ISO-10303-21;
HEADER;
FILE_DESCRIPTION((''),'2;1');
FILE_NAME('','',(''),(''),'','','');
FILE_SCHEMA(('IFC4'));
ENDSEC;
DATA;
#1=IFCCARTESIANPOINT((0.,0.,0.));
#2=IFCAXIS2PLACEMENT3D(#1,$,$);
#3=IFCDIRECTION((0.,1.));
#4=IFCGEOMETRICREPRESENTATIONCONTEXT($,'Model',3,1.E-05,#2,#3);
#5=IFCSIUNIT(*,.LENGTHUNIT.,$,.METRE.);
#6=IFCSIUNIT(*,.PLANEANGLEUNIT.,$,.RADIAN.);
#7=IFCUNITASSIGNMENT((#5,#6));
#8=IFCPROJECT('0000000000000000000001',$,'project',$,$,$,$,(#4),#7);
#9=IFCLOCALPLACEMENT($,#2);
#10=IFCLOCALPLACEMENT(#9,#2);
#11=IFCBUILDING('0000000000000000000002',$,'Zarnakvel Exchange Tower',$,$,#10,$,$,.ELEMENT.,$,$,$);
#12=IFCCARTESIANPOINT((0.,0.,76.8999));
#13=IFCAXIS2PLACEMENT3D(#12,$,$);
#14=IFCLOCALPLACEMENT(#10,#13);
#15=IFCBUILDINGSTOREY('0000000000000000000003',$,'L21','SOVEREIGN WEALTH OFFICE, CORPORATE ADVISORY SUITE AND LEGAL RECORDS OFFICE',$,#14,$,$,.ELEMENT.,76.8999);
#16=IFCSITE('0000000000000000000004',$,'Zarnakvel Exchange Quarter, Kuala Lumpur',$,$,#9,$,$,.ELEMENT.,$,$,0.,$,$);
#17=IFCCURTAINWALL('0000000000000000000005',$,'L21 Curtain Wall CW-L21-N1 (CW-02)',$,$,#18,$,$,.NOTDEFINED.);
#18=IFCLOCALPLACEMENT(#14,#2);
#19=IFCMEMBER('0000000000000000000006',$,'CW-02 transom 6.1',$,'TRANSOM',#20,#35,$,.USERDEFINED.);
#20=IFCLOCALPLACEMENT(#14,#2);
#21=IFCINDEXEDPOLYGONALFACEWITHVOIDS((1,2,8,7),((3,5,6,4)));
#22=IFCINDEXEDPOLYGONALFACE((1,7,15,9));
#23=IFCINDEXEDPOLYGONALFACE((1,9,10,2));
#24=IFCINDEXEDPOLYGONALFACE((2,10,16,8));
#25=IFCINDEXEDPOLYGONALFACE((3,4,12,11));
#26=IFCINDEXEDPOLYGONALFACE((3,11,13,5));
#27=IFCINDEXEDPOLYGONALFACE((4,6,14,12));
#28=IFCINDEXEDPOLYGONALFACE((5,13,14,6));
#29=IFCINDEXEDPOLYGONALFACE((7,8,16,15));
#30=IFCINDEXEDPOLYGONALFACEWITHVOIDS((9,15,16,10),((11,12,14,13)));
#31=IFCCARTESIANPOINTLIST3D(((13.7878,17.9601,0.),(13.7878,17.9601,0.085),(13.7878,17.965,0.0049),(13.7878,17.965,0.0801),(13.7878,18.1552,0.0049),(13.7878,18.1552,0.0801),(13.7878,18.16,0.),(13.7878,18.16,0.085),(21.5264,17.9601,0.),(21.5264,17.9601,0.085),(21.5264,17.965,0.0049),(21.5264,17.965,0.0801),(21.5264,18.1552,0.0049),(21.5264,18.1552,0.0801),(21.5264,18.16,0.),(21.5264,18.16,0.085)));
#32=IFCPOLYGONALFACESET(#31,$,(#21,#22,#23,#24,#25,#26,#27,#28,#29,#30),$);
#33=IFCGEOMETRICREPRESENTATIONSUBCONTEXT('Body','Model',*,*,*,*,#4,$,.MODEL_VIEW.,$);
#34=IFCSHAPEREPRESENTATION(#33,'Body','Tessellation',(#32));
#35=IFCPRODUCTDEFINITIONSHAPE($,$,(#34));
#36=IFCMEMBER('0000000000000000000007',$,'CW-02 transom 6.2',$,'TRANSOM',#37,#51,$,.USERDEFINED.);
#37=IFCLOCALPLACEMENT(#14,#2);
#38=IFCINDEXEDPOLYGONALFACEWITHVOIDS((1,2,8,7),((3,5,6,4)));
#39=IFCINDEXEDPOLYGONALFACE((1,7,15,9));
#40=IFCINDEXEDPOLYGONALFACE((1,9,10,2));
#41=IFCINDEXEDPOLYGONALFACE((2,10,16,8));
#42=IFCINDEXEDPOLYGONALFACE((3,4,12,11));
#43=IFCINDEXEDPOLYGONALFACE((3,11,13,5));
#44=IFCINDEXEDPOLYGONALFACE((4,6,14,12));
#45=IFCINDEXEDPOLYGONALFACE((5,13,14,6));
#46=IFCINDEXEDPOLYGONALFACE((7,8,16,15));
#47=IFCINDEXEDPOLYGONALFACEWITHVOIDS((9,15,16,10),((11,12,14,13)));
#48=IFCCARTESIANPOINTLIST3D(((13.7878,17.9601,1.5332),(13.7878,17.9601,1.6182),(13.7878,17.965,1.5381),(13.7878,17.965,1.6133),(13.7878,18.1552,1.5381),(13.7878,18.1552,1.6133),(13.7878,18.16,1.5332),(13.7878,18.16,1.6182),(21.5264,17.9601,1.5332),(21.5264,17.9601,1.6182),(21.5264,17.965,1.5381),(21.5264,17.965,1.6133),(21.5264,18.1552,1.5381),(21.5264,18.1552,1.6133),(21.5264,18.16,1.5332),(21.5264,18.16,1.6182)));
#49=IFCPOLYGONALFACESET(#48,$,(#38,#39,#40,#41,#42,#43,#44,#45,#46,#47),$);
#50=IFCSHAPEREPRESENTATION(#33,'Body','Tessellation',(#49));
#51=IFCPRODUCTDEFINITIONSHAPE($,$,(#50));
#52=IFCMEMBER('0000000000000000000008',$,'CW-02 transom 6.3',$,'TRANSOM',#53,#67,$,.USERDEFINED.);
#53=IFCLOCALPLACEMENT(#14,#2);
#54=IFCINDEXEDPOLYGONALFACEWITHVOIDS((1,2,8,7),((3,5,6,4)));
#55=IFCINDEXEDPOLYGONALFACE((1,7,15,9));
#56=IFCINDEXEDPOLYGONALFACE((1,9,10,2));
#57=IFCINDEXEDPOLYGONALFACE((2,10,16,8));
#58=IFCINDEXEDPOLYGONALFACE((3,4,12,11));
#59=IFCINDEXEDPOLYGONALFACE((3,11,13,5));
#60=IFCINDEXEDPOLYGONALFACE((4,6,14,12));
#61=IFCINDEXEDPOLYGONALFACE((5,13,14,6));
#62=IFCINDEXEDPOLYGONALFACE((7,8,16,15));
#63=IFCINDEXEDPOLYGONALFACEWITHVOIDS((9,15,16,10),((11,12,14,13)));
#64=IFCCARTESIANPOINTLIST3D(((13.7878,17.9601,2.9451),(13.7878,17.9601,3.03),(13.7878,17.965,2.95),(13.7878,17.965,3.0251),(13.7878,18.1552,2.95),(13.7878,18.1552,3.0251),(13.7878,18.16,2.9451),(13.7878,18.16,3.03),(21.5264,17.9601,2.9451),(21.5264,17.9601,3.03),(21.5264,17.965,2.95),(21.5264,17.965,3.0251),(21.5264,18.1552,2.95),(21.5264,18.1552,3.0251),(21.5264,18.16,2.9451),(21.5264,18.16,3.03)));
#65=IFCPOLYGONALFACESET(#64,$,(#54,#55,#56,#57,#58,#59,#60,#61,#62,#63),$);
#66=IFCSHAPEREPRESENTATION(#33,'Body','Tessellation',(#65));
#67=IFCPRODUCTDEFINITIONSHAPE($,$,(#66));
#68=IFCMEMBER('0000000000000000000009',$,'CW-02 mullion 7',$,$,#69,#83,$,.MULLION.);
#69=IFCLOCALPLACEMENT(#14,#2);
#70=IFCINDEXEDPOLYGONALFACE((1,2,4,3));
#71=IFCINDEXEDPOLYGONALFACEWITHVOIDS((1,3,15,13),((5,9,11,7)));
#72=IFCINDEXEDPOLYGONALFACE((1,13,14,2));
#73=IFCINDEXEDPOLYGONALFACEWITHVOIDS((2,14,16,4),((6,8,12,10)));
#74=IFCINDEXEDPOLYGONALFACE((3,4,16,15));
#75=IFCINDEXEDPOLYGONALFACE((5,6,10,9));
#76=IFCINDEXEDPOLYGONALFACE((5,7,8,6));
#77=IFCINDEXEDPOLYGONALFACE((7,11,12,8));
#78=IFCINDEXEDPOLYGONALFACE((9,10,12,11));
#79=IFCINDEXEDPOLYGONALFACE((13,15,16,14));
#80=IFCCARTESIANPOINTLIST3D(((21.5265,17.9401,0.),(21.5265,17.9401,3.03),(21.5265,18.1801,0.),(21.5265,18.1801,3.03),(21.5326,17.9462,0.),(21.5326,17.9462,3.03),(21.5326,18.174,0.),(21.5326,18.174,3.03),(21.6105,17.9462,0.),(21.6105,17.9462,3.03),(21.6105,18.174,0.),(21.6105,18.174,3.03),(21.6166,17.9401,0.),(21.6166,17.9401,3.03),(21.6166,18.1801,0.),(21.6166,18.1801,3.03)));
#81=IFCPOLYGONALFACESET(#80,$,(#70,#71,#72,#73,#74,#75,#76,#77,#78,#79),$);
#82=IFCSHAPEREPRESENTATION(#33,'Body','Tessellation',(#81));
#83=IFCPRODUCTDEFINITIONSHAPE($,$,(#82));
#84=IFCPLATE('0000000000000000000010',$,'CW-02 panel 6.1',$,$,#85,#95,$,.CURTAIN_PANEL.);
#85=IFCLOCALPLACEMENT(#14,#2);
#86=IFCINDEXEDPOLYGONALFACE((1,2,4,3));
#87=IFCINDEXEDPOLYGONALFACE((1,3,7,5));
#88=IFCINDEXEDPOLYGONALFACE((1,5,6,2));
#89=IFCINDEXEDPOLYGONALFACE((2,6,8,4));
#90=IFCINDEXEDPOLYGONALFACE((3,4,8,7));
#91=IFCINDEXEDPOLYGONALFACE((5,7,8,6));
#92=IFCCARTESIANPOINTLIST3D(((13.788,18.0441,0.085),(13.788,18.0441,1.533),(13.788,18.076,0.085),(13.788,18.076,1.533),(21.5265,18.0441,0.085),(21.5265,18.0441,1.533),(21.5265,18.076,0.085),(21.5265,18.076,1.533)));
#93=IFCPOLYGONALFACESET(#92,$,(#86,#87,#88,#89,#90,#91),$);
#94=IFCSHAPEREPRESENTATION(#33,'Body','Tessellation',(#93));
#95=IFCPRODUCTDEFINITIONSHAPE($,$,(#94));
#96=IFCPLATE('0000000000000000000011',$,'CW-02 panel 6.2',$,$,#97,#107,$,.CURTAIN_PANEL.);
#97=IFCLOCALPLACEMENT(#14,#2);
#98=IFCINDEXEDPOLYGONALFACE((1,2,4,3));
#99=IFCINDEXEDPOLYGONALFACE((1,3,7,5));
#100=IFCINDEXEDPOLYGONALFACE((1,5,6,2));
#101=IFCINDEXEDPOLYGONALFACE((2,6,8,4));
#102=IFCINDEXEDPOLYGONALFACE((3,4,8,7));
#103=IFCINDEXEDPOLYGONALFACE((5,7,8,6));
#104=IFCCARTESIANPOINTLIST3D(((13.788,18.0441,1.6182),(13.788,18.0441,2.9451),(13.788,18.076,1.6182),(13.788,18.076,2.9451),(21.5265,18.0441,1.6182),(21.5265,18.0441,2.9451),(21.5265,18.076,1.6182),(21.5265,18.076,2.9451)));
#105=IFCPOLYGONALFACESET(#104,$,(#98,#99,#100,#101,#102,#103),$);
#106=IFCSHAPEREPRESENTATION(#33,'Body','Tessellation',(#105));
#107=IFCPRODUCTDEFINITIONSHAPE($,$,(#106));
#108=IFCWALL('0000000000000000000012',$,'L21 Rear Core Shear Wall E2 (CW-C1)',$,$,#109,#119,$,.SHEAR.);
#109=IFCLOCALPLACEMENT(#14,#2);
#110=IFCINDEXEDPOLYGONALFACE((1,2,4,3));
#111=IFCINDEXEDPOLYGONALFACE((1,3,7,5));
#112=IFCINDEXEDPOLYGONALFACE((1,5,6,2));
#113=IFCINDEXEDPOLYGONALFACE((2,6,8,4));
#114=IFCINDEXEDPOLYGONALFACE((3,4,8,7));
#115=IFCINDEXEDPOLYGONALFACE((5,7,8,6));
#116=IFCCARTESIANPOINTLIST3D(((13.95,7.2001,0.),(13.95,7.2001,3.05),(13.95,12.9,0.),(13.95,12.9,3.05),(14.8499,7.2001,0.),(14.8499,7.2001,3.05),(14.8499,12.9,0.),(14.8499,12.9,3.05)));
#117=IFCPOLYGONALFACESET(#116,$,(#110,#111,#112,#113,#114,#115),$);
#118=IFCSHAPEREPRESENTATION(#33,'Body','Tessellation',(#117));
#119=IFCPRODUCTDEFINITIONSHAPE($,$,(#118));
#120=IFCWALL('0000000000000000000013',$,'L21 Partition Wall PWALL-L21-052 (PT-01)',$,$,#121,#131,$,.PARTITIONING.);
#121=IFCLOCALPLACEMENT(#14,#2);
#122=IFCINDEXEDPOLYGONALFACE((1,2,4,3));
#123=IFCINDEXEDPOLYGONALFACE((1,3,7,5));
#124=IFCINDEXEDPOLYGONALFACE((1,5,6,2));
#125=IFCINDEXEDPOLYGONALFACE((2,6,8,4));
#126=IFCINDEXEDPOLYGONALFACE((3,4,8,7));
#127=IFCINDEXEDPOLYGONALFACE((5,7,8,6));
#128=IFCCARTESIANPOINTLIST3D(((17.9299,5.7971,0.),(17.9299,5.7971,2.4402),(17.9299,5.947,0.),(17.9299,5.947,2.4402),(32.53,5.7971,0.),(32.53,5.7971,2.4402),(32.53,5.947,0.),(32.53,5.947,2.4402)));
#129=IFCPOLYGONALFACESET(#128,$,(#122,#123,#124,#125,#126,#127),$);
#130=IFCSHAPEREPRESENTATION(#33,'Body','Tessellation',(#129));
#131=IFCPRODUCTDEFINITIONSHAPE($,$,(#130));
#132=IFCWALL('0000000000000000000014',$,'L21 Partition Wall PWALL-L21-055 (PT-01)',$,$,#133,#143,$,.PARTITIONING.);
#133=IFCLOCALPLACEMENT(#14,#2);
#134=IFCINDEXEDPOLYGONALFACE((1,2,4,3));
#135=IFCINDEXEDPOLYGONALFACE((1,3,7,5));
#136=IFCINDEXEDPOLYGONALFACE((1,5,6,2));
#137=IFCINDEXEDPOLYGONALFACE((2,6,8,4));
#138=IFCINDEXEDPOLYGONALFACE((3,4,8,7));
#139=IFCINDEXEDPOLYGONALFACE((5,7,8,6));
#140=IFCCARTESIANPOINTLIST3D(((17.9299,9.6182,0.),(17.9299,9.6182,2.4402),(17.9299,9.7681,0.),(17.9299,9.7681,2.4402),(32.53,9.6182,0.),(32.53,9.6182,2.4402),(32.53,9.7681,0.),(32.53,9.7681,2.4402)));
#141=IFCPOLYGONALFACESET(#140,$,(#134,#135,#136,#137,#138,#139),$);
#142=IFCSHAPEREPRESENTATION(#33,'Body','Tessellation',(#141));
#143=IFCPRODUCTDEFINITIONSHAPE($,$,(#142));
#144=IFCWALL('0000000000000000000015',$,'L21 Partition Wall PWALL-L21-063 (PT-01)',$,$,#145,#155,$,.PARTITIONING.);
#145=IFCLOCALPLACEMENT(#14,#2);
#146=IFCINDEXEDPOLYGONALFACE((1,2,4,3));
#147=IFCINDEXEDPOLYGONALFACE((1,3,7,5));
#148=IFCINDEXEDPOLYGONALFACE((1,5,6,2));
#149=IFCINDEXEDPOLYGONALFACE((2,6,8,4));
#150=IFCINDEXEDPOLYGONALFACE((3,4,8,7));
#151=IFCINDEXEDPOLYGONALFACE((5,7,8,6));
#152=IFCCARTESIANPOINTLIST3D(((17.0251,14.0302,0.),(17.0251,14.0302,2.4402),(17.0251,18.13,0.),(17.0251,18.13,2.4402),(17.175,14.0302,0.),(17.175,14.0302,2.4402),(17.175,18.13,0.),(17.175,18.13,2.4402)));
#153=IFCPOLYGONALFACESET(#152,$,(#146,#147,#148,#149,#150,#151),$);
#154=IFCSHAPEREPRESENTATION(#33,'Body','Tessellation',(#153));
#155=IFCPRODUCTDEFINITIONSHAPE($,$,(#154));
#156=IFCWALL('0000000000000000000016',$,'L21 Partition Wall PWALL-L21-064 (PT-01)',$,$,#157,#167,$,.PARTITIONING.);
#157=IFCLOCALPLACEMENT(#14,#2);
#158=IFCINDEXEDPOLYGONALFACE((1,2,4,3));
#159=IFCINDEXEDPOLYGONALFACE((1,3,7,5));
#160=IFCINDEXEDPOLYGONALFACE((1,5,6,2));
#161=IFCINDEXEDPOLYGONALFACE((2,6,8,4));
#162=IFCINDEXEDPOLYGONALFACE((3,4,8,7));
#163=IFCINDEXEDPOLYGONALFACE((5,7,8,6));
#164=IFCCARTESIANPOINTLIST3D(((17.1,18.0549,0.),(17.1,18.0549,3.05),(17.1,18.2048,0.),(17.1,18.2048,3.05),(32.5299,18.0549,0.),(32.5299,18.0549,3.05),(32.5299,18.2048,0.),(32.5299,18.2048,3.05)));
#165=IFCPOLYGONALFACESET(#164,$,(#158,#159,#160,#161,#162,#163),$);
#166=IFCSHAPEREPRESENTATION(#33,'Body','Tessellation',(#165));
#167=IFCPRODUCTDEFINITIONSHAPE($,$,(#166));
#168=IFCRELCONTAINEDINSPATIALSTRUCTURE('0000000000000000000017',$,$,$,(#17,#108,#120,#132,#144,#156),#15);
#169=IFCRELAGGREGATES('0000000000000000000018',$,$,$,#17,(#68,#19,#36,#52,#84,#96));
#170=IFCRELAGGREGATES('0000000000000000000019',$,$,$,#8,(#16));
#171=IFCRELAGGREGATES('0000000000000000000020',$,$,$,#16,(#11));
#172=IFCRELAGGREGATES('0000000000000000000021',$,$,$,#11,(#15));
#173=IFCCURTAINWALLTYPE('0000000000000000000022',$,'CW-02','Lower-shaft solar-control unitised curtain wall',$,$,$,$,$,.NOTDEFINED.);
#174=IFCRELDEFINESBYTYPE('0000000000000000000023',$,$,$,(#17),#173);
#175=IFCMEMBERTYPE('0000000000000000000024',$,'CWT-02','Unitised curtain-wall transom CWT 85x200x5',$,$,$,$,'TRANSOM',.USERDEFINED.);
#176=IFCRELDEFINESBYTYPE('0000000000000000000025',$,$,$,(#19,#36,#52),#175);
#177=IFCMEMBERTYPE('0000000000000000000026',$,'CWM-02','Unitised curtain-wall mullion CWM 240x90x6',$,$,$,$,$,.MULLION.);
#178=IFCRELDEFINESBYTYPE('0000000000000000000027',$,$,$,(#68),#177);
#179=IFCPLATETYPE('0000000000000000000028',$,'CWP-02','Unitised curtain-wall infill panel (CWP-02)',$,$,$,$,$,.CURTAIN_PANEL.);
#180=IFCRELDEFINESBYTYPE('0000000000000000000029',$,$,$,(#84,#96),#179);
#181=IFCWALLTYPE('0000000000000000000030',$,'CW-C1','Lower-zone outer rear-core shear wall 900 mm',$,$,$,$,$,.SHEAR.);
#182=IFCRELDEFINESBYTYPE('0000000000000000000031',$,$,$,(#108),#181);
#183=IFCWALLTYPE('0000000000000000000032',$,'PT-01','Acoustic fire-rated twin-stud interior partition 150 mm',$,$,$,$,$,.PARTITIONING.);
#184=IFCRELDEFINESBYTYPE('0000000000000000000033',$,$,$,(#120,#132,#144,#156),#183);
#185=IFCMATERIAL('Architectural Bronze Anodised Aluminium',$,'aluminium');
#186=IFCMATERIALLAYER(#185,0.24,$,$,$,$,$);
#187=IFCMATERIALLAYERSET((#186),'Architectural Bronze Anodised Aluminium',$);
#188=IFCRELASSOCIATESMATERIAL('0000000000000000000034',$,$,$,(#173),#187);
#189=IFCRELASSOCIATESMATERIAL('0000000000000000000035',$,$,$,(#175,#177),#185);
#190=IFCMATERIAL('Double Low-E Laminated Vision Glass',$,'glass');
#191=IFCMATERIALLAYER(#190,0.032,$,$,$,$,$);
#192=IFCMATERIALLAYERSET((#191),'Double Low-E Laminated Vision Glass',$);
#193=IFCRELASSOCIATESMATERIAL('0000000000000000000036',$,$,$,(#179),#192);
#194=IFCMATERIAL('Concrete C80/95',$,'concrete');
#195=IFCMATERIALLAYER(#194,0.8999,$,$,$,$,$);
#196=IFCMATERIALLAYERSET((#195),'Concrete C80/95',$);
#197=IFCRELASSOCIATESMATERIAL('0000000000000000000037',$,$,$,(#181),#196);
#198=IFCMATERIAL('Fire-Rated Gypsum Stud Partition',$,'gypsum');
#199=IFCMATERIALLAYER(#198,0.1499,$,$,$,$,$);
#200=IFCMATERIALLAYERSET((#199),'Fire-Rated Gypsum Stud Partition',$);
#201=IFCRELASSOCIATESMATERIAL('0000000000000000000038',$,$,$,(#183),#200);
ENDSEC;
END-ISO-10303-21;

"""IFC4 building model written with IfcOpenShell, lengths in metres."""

from ifc_helpers import new_model, si_unit, direction, frame, frame_2d, origin, origin_2d, place, context, subcontext, project, spatial, rectangle, hollow_rectangle, extrude, source, transform, mapped, material, layer, layer_set, material_profile, profile_set, type_object, element, aggregate, save


model = new_model("IFC4")

# Units and contexts
model_context = context("Model", 3, precision=1e-05, world=origin(), true_north=direction((0.0, 1.0)))
body_context = subcontext(model_context, "Body", "Model", "MODEL_VIEW")
ifc_project = project(units=[si_unit("LENGTHUNIT", "METRE"), si_unit("PLANEANGLEUNIT", "RADIAN")], contexts=[model_context])

# Site, building, storey
site_placement = place(None, origin())
site = spatial("IfcSite", under=ifc_project, at=site_placement, Name="Zarnakvel Exchange Quarter, Kuala Lumpur", CompositionType="ELEMENT", RefElevation=0.0)
building_placement = place(site_placement, origin())
building = spatial("IfcBuilding", under=site, at=building_placement, Name="Zarnakvel Exchange Tower", CompositionType="ELEMENT")
storey_placement = place(building_placement, frame((0.0, 0.0, 76.8999)))
storey = spatial("IfcBuildingStorey", under=building, at=storey_placement, Name="L21", Description="SOVEREIGN WEALTH OFFICE, CORPORATE ADVISORY SUITE AND LEGAL RECORDS OFFICE", CompositionType="ELEMENT", Elevation=76.8999)

# Shared definitions
ifc_material_1 = material(Name="Concrete C80/95", Category="concrete")

# Curtain wall, members, plates
ifc_material_2 = material(Name="Architectural Bronze Anodised Aluminium", Category="aluminium")
ifc_layer_1 = layer(ifc_material_2, 0.24)
ifc_layer_set_1 = layer_set([ifc_layer_1], Name="Architectural Bronze Anodised Aluminium")
curtain_wall_type = type_object("IfcCurtainWallType", Name="CW-02", Description="Lower-shaft solar-control unitised curtain wall", PredefinedType="NOTDEFINED", material=ifc_layer_set_1)
curtain_wall_placement = place(storey_placement, origin())
curtain_wall = element("IfcCurtainWall", 1, at=curtain_wall_placement, inside=storey, type_object=curtain_wall_type, Name="L21 Curtain Wall CW-L21-N1 (CW-02)", PredefinedType="NOTDEFINED")
ifc_material_profile_1 = material_profile(ifc_material_2, hollow_rectangle(XDim=0.2, YDim=0.085, WallThickness=0.0049, at=origin_2d()))
ifc_profile_set_1 = profile_set([ifc_material_profile_1], Name="Architectural Bronze Anodised Aluminium")
member_type_1 = type_object("IfcMemberType", Name="CWT-02", Description="Unitised curtain-wall transom CWT 85x200x5", ElementType="TRANSOM", PredefinedType="USERDEFINED", material=ifc_profile_set_1)
shared_shape_1 = source(origin(), body_context, "Body", "SweptSolid", [
    extrude(hollow_rectangle(XDim=0.2, YDim=0.085, WallThickness=0.0049, at=origin_2d()), origin(), (0.0, 0.0, 1.0), 7.7385),
])
member_1_placement = place(storey_placement, frame((13.7878, 18.0601, 0.0425), z_axis=(1.0, 0.0, 0.0), x_axis=(0.0, 1.0, 0.0)))
member_1 = element("IfcMember", 2, at=member_1_placement, type_object=member_type_1, Name="CW-02 transom 6.1", ObjectType="TRANSOM", PredefinedType="USERDEFINED", context=body_context, shape_type="MappedRepresentation", body=[
    mapped(shared_shape_1, transform((0.0, 0.0, 0.0), x_axis=(1.0, 0.0, 0.0), y_axis=(0.0, 1.0, 0.0), z_axis=(0.0, 0.0, 1.0), scale=1.0)),
])
member_2_placement = place(storey_placement, frame((13.7878, 18.0601, 1.5757), z_axis=(1.0, 0.0, 0.0), x_axis=(0.0, 1.0, 0.0)))
member_2 = element("IfcMember", 3, at=member_2_placement, type_object=member_type_1, Name="CW-02 transom 6.2", ObjectType="TRANSOM", PredefinedType="USERDEFINED", context=body_context, shape_type="MappedRepresentation", body=[
    mapped(shared_shape_1, transform((0.0, 0.0, 0.0), x_axis=(1.0, 0.0, 0.0), y_axis=(0.0, 1.0, 0.0), z_axis=(0.0, 0.0, 1.0), scale=1.0)),
])
member_3_placement = place(storey_placement, frame((13.7878, 18.0601, 2.9875), z_axis=(1.0, 0.0, 0.0), x_axis=(0.0, 1.0, 0.0)))
member_3 = element("IfcMember", 4, at=member_3_placement, type_object=member_type_1, Name="CW-02 transom 6.3", ObjectType="TRANSOM", PredefinedType="USERDEFINED", context=body_context, shape_type="MappedRepresentation", body=[
    mapped(shared_shape_1, transform((0.0, 0.0, 0.0), x_axis=(1.0, 0.0, 0.0), y_axis=(0.0, 1.0, 0.0), z_axis=(0.0, 0.0, 1.0), scale=1.0)),
])
ifc_material_profile_2 = material_profile(ifc_material_2, hollow_rectangle(XDim=0.24, YDim=0.0901, WallThickness=0.0061, at=origin_2d()))
ifc_profile_set_2 = profile_set([ifc_material_profile_2], Name="Architectural Bronze Anodised Aluminium")
member_type_2 = type_object("IfcMemberType", Name="CWM-02", Description="Unitised curtain-wall mullion CWM 240x90x6", PredefinedType="MULLION", material=ifc_profile_set_2)
shared_shape_2 = source(origin(), body_context, "Body", "SweptSolid", [
    extrude(hollow_rectangle(XDim=0.24, YDim=0.0901, WallThickness=0.0061, at=origin_2d()), origin(), (0.0, 0.0, 1.0), 3.03),
])
member_4_placement = place(storey_placement, frame((21.5715, 18.0601, 0.0), z_axis=(0.0, 0.0, 1.0), x_axis=(0.0, 1.0, 0.0)))
member_4 = element("IfcMember", 5, at=member_4_placement, type_object=member_type_2, Name="CW-02 mullion 7", PredefinedType="MULLION", context=body_context, shape_type="MappedRepresentation", body=[
    mapped(shared_shape_2, transform((0.0, 0.0, 0.0), x_axis=(1.0, 0.0, 0.0), y_axis=(0.0, 1.0, 0.0), z_axis=(0.0, 0.0, 1.0), scale=1.0)),
])
ifc_material_3 = material(Name="Double Low-E Laminated Vision Glass", Category="glass")
ifc_layer_2 = layer(ifc_material_3, 0.032)
ifc_layer_set_2 = layer_set([ifc_layer_2], Name="Double Low-E Laminated Vision Glass")
plate_type = type_object("IfcPlateType", Name="CWP-02", Description="Unitised curtain-wall infill panel (CWP-02)", PredefinedType="CURTAIN_PANEL", material=ifc_layer_set_2)
shared_shape_3 = source(origin(), body_context, "Body", "SweptSolid", [
    extrude(rectangle(XDim=7.7385, YDim=0.032, at=origin_2d()), origin(), (0.0, 0.0, 1.0), 1.448),
])
plate_1_placement = place(storey_placement, frame((17.6572, 18.0601, 0.085), z_axis=(0.0, 0.0, 1.0), x_axis=(1.0, 0.0, 0.0)))
plate_1 = element("IfcPlate", 6, at=plate_1_placement, type_object=plate_type, Name="CW-02 panel 6.1", PredefinedType="CURTAIN_PANEL", context=body_context, shape_type="MappedRepresentation", body=[
    mapped(shared_shape_3, transform((0.0, 0.0, 0.0), x_axis=(1.0, 0.0, 0.0), y_axis=(0.0, 1.0, 0.0), z_axis=(0.0, 0.0, 1.0), scale=1.0)),
])
shared_shape_4 = source(origin(), body_context, "Body", "SweptSolid", [
    extrude(rectangle(XDim=7.7385, YDim=0.032, at=origin_2d()), origin(), (0.0, 0.0, 1.0), 1.3269),
])
plate_2_placement = place(storey_placement, frame((17.6572, 18.0601, 1.6182), z_axis=(0.0, 0.0, 1.0), x_axis=(1.0, 0.0, 0.0)))
plate_2 = element("IfcPlate", 7, at=plate_2_placement, type_object=plate_type, Name="CW-02 panel 6.2", PredefinedType="CURTAIN_PANEL", context=body_context, shape_type="MappedRepresentation", body=[
    mapped(shared_shape_4, transform((0.0, 0.0, 0.0), x_axis=(1.0, 0.0, 0.0), y_axis=(0.0, 1.0, 0.0), z_axis=(0.0, 0.0, 1.0), scale=1.0)),
])
aggregate(curtain_wall, [member_4, member_1, member_2, member_3, plate_1, plate_2])

# Walls
ifc_layer_3 = layer(ifc_material_1, 0.8999)
ifc_layer_set_3 = layer_set([ifc_layer_3], Name="Concrete C80/95")
wall_type_1 = type_object("IfcWallType", Name="CW-C1", Description="Lower-zone outer rear-core shear wall 900 mm", PredefinedType="SHEAR", material=ifc_layer_set_3)
wall_1_placement = place(storey_placement, frame((14.3999, 7.2, 0.0), z_axis=(0.0, 0.0, 1.0), x_axis=(0.0, 1.0, 0.0)))
element("IfcWall", 8, at=wall_1_placement, inside=storey, type_object=wall_type_1, Name="L21 Rear Core Shear Wall E2 (CW-C1)", PredefinedType="SHEAR", context=body_context, shape_type="SweptSolid", body=[
    extrude(rectangle(XDim=5.7, YDim=0.8999, at=frame_2d((2.8501, 0.0))), origin(), (0.0, 0.0, 1.0), 3.05),
])
ifc_material_4 = material(Name="Fire-Rated Gypsum Stud Partition", Category="gypsum")
ifc_layer_4 = layer(ifc_material_4, 0.1499)
ifc_layer_set_4 = layer_set([ifc_layer_4], Name="Fire-Rated Gypsum Stud Partition")
wall_type_2 = type_object("IfcWallType", Name="PT-01", Description="Acoustic fire-rated twin-stud interior partition 150 mm", PredefinedType="PARTITIONING", material=ifc_layer_set_4)
for number, where, z_axis, x_axis, name in (
    (9, (17.9299, 5.8721, 0.0), (0.0, 0.0, 1.0), (1.0, 0.0, 0.0), "L21 Partition Wall PWALL-L21-052 (PT-01)"),
    (10, (17.9299, 9.6931, 0.0), (0.0, 0.0, 1.0), (1.0, 0.0, 0.0), "L21 Partition Wall PWALL-L21-055 (PT-01)"),
):
    element("IfcWall", number, at=place(storey_placement, frame(where, z_axis=z_axis, x_axis=x_axis)), inside=storey, type_object=wall_type_2, Name=name, PredefinedType="PARTITIONING", context=body_context, shape_type="SweptSolid", body=[
        extrude(rectangle(XDim=14.6001, YDim=0.1499, at=frame_2d((7.3, 0.0))), origin(), (0.0, 0.0, 1.0), 2.4402),
    ])

# Walls
wall_2_placement = place(storey_placement, frame((17.1001, 18.1299, 0.0), z_axis=(0.0, 0.0, 1.0), x_axis=(0.0, -1.0, 0.0)))
element("IfcWall", 11, at=wall_2_placement, inside=storey, type_object=wall_type_2, Name="L21 Partition Wall PWALL-L21-063 (PT-01)", PredefinedType="PARTITIONING", context=body_context, shape_type="SweptSolid", body=[
    extrude(rectangle(XDim=4.0999, YDim=0.1499, at=frame_2d((2.0498, 0.0))), origin(), (0.0, 0.0, 1.0), 2.4402),
])
wall_3_placement = place(storey_placement, frame((17.1001, 18.1299, 0.0), z_axis=(0.0, 0.0, 1.0), x_axis=(1.0, 0.0, 0.0)))
element("IfcWall", 12, at=wall_3_placement, inside=storey, type_object=wall_type_2, Name="L21 Partition Wall PWALL-L21-064 (PT-01)", PredefinedType="PARTITIONING", context=body_context, shape_type="SweptSolid", body=[
    extrude(rectangle(XDim=15.4299, YDim=0.1499, at=frame_2d((7.7148, 0.0))), origin(), (0.0, 0.0, 1.0), 3.05),
])

save(model, "model.ifc")
